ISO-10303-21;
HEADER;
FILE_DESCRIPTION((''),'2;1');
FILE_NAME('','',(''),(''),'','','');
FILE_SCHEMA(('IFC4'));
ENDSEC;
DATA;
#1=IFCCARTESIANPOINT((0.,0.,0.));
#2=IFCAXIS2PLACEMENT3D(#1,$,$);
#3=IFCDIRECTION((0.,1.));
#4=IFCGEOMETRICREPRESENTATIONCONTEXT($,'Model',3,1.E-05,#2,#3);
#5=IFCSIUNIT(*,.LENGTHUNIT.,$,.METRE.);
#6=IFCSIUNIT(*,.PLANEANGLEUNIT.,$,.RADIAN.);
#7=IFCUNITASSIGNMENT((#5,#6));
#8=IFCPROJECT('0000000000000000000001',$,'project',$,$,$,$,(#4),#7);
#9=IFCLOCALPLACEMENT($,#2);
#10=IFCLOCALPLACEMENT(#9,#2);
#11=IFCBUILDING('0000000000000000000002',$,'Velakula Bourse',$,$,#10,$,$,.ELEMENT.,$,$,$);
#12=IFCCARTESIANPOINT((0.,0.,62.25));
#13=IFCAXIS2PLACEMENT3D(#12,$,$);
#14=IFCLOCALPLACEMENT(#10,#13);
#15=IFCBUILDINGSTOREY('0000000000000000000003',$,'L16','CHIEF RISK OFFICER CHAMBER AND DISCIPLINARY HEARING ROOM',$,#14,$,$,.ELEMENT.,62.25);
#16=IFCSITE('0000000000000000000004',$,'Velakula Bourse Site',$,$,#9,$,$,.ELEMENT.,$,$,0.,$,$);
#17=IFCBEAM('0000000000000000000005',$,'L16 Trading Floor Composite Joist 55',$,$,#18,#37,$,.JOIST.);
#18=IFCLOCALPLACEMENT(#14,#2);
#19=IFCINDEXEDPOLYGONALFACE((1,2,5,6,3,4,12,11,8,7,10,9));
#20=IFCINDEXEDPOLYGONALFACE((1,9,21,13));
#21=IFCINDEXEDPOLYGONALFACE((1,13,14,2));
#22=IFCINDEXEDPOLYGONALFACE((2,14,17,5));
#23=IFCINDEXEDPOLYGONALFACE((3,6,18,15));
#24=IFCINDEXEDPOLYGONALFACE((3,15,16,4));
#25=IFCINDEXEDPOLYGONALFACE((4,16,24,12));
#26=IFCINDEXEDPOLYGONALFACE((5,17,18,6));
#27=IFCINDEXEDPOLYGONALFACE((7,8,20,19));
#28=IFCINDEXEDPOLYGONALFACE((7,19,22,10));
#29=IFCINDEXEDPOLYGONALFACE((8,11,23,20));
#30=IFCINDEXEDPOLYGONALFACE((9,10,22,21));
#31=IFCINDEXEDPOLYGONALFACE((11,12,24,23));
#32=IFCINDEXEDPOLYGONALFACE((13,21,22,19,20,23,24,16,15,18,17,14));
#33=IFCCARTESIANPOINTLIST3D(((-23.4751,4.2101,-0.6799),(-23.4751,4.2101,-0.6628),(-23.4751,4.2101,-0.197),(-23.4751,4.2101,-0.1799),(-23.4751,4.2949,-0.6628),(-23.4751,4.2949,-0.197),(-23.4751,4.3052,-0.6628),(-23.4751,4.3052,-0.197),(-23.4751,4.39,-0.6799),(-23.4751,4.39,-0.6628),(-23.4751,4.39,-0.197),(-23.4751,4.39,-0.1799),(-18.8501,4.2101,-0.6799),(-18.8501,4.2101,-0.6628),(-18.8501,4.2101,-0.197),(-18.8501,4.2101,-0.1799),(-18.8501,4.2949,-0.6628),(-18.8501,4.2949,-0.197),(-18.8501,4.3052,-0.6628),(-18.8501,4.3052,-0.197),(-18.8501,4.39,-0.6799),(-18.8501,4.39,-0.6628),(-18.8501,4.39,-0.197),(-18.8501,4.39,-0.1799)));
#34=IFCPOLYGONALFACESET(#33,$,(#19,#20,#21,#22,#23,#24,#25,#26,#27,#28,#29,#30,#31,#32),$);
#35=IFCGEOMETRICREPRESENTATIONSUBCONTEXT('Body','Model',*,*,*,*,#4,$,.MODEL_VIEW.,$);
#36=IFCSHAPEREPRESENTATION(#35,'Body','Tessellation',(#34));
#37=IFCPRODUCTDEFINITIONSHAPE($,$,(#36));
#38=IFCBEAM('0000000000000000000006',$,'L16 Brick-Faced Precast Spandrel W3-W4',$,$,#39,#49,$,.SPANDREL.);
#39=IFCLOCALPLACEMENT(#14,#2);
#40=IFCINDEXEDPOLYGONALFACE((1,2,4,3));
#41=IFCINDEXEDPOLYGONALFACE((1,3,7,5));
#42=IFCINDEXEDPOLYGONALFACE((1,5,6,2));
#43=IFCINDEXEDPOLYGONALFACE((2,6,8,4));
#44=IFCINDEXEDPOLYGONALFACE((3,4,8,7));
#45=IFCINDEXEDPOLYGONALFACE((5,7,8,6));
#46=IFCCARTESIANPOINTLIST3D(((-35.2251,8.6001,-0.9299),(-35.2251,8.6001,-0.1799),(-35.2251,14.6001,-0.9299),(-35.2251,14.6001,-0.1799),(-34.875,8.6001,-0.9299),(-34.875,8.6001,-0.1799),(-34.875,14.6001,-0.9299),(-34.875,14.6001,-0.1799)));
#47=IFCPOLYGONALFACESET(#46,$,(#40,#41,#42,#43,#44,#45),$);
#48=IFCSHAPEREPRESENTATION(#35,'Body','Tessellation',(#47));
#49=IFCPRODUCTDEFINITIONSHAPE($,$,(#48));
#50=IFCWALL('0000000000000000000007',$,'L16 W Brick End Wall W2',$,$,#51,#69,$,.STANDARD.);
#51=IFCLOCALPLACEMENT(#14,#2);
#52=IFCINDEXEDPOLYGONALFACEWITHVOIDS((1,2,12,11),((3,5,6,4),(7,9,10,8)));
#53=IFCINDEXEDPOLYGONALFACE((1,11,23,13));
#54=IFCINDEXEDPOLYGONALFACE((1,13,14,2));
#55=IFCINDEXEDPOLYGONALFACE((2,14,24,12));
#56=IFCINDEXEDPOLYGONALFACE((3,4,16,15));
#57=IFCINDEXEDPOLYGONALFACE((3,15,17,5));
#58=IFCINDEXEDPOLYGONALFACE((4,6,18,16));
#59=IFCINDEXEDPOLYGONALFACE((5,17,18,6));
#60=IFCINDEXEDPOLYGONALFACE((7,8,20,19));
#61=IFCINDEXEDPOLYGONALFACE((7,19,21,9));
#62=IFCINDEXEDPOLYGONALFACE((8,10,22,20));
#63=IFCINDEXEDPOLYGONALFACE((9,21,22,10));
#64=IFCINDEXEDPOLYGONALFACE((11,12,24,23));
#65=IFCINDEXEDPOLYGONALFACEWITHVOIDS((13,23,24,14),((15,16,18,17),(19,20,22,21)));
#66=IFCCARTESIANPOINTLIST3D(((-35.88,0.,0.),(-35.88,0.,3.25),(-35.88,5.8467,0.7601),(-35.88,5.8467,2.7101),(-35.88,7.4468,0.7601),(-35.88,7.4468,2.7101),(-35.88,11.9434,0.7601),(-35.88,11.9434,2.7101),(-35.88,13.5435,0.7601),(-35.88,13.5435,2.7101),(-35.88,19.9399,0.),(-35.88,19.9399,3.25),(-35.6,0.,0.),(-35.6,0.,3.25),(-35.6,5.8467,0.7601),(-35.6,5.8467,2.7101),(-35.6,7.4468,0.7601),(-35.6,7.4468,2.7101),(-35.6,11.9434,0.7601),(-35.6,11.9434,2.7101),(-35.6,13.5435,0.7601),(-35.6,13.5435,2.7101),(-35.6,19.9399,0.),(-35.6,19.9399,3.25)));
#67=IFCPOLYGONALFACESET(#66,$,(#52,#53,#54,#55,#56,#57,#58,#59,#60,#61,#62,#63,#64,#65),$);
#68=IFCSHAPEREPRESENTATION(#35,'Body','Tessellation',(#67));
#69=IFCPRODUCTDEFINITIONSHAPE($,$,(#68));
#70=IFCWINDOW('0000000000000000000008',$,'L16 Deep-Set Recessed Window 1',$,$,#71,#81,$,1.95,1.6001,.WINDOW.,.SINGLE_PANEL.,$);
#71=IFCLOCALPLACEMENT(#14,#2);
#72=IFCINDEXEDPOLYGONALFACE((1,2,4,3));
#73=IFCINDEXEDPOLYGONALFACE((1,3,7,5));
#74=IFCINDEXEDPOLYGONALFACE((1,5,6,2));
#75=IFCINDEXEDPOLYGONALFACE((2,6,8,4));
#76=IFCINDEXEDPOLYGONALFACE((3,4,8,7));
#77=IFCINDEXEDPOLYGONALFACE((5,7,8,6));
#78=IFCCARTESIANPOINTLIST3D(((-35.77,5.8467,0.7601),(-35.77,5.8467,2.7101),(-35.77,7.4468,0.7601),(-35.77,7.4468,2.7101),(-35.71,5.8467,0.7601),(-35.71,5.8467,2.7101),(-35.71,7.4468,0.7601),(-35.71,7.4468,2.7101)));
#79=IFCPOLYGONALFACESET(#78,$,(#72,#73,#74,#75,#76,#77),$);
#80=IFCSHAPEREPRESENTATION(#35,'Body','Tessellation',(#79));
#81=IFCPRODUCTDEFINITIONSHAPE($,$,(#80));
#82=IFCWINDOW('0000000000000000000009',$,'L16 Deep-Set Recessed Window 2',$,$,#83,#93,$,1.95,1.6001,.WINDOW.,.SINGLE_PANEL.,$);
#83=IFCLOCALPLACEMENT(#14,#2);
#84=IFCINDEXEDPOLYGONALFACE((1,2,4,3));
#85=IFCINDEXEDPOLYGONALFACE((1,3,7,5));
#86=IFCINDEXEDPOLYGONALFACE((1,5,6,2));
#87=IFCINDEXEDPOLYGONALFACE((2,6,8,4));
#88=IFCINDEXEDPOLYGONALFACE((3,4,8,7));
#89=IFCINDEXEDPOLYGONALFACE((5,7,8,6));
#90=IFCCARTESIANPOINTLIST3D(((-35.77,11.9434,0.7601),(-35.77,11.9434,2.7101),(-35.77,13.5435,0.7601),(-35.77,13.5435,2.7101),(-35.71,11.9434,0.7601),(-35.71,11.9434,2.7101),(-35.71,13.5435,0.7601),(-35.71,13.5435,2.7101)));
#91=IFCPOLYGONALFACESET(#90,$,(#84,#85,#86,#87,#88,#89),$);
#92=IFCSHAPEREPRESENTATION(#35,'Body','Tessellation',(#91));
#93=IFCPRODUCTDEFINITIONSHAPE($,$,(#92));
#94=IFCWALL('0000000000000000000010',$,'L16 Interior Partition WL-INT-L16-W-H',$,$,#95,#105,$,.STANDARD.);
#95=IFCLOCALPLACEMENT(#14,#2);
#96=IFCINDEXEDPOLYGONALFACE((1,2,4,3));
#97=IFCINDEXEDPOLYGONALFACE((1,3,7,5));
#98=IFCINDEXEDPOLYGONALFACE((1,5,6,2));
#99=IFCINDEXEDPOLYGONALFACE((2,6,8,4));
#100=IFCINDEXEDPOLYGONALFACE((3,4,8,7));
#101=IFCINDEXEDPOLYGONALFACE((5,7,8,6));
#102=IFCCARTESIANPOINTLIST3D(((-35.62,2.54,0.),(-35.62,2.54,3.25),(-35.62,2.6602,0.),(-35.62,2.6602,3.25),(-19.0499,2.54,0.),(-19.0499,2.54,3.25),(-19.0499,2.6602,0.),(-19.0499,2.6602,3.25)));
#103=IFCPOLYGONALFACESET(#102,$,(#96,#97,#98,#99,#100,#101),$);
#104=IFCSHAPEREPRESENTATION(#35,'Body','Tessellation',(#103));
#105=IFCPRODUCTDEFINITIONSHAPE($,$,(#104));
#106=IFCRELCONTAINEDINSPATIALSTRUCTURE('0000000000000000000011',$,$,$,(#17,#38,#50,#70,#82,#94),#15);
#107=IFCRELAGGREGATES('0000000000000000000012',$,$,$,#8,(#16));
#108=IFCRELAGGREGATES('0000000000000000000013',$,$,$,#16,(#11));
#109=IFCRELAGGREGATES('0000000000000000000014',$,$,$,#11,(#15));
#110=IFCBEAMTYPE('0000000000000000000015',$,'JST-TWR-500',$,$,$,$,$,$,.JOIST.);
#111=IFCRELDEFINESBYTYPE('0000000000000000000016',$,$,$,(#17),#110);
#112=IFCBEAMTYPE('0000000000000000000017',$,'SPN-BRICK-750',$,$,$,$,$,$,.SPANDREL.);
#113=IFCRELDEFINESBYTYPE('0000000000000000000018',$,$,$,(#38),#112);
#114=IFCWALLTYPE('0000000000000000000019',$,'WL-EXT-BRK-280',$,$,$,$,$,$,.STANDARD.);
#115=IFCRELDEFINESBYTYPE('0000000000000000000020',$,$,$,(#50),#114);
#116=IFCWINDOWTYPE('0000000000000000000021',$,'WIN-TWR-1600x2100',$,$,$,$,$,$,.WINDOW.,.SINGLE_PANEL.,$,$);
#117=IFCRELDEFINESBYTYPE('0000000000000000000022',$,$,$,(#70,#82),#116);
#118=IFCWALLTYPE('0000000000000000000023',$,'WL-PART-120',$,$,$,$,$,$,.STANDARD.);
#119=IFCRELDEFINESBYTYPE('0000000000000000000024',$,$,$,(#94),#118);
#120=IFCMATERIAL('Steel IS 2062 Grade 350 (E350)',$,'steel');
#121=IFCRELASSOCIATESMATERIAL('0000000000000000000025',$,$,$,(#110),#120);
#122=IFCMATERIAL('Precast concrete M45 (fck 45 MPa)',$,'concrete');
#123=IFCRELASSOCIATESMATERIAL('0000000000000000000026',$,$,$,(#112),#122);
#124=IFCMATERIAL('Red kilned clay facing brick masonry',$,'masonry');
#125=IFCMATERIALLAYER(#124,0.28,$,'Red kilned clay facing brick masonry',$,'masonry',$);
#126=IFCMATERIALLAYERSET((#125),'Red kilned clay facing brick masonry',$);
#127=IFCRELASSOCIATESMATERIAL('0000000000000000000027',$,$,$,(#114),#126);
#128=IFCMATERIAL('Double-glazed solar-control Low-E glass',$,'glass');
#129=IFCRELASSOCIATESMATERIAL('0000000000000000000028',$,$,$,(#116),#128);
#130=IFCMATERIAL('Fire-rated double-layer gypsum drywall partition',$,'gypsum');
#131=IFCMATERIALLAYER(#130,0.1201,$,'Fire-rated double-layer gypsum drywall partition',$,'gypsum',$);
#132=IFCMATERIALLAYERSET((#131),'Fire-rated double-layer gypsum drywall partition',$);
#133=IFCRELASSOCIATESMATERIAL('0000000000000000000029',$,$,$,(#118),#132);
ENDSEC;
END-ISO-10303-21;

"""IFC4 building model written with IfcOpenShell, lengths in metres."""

from ifc_helpers import new_model, si_unit, direction, frame, frame_2d, origin, origin_2d, place, context, subcontext, project, spatial, rectangle, i_section, extrude, material, layer, layer_set, material_profile, profile_set, type_object, element, fill, save


model = new_model("IFC4")

# Units and contexts
model_context = context("Model", 3, precision=1e-05, world=origin(), true_north=direction((0.0, 1.0)))
body_context = subcontext(model_context, "Body", "Model", "MODEL_VIEW")
ifc_project = project(units=[si_unit("LENGTHUNIT", "METRE"), si_unit("PLANEANGLEUNIT", "RADIAN")], contexts=[model_context])

# Site, building, storey
site_placement = place(None, origin())
site = spatial("IfcSite", under=ifc_project, at=site_placement, Name="Velakula Bourse Site", CompositionType="ELEMENT", RefElevation=0.0)
building_placement = place(site_placement, origin())
building = spatial("IfcBuilding", under=site, at=building_placement, Name="Velakula Bourse", CompositionType="ELEMENT")
storey_placement = place(building_placement, frame((0.0, 0.0, 62.25)))
storey = spatial("IfcBuildingStorey", under=building, at=storey_placement, Name="L16", Description="CHIEF RISK OFFICER CHAMBER AND DISCIPLINARY HEARING ROOM", CompositionType="ELEMENT", Elevation=62.25)

# Beams
ifc_material_1 = material(Name="Steel IS 2062 Grade 350 (E350)", Category="steel")
ifc_material_profile_1 = material_profile(ifc_material_1, i_section(OverallWidth=0.1799, OverallDepth=0.5, WebThickness=0.0103, FlangeThickness=0.0171, at=origin_2d()), Name="Steel IS 2062 Grade 350 (E350)")
ifc_profile_set_1 = profile_set([ifc_material_profile_1], Name="Steel IS 2062 Grade 350 (E350)")
beam_type_1 = type_object("IfcBeamType", Name="JST-TWR-500", PredefinedType="JOIST", material=ifc_profile_set_1)
beam_1_placement = place(storey_placement, frame((-23.4751, 4.3, -0.4299), z_axis=(1.0, 0.0, 0.0), x_axis=(0.0, 1.0, 0.0)))
element("IfcBeam", 1, at=beam_1_placement, inside=storey, type_object=beam_type_1, Name="L16 Trading Floor Composite Joist 55", PredefinedType="JOIST", context=body_context, shape_type="SweptSolid", body=[
    extrude(i_section(OverallWidth=0.1799, OverallDepth=0.5, WebThickness=0.0103, FlangeThickness=0.0171, at=origin_2d()), origin(), (0.0, 0.0, 1.0), 4.625),
])
ifc_material_2 = material(Name="Precast concrete M45 (fck 45 MPa)", Category="concrete")
ifc_material_profile_2 = material_profile(ifc_material_2, rectangle(XDim=0.3501, YDim=0.75, at=origin_2d()), Name="Precast concrete M45 (fck 45 MPa)")
ifc_profile_set_2 = profile_set([ifc_material_profile_2], Name="Precast concrete M45 (fck 45 MPa)")
beam_type_2 = type_object("IfcBeamType", Name="SPN-BRICK-750", PredefinedType="SPANDREL", material=ifc_profile_set_2)
beam_2_placement = place(storey_placement, frame((-35.05, 8.6001, -0.5549), z_axis=(0.0, 1.0, 0.0), x_axis=(-1.0, 0.0, 0.0)))
element("IfcBeam", 2, at=beam_2_placement, inside=storey, type_object=beam_type_2, Name="L16 Brick-Faced Precast Spandrel W3-W4", PredefinedType="SPANDREL", context=body_context, shape_type="SweptSolid", body=[
    extrude(rectangle(XDim=0.3501, YDim=0.75, at=origin_2d()), origin(), (0.0, 0.0, 1.0), 6.0),
])

# Wall, openings, windows
ifc_material_3 = material(Name="Red kilned clay facing brick masonry", Category="masonry")
ifc_layer_1 = layer(ifc_material_3, 0.28, Name="Red kilned clay facing brick masonry", Category="masonry")
ifc_layer_set_1 = layer_set([ifc_layer_1], Name="Red kilned clay facing brick masonry")
wall_type_1 = type_object("IfcWallType", Name="WL-EXT-BRK-280", PredefinedType="STANDARD", material=ifc_layer_set_1)
wall_1_placement = place(storey_placement, frame((-35.74, 0.0, 0.0), z_axis=(0.0, 0.0, 1.0), x_axis=(0.0, 1.0, 0.0)))
wall_1 = element("IfcWall", 3, at=wall_1_placement, inside=storey, type_object=wall_type_1, Name="L16 W Brick End Wall W2", PredefinedType="STANDARD", context=body_context, shape_type="SweptSolid", body=[
    extrude(rectangle(XDim=19.9399, YDim=0.28, at=frame_2d((9.97, 0.0))), origin(), (0.0, 0.0, 1.0), 3.25),
])
opening_1_placement = place(wall_1_placement, frame((5.8467, 0.0, 0.76)))
opening_1 = element("IfcOpeningElement", 4, at=opening_1_placement, cuts=wall_1, PredefinedType="OPENING", context=body_context, shape_type="SweptSolid", body=[
    extrude(rectangle(XDim=1.6001, YDim=1.95, at=frame_2d((0.8, 0.9751))), frame((0.0, 0.1499, 0.0), z_axis=(0.0, -1.0, 0.0), x_axis=(1.0, 0.0, 0.0)), (0.0, 0.0, 1.0), 0.3),
])
opening_2_placement = place(wall_1_placement, frame((11.9434, 0.0, 0.76)))
opening_2 = element("IfcOpeningElement", 5, at=opening_2_placement, cuts=wall_1, PredefinedType="OPENING", context=body_context, shape_type="SweptSolid", body=[
    extrude(rectangle(XDim=1.6001, YDim=1.95, at=frame_2d((0.8, 0.9751))), frame((0.0, 0.1499, 0.0), z_axis=(0.0, -1.0, 0.0), x_axis=(1.0, 0.0, 0.0)), (0.0, 0.0, 1.0), 0.3),
])
ifc_material_4 = material(Name="Double-glazed solar-control Low-E glass", Category="glass")
window_type = type_object("IfcWindowType", Name="WIN-TWR-1600x2100", PartitioningType="SINGLE_PANEL", PredefinedType="WINDOW", material=ifc_material_4)
window_1_placement = place(opening_1_placement, origin())
window_1 = element("IfcWindow", 6, at=window_1_placement, inside=storey, type_object=window_type, Name="L16 Deep-Set Recessed Window 1", OverallHeight=1.95, OverallWidth=1.6001, PartitioningType="SINGLE_PANEL", PredefinedType="WINDOW", context=body_context, shape_type="SweptSolid", body=[
    extrude(rectangle(XDim=1.6001, YDim=1.95, at=frame_2d((0.8, 0.9751))), frame((0.0, 0.03, 0.0), z_axis=(0.0, -1.0, 0.0), x_axis=(1.0, 0.0, 0.0)), (0.0, 0.0, 1.0), 0.0601),
])
fill(opening_1, window_1)
window_2_placement = place(opening_2_placement, origin())
window_2 = element("IfcWindow", 7, at=window_2_placement, inside=storey, type_object=window_type, Name="L16 Deep-Set Recessed Window 2", OverallHeight=1.95, OverallWidth=1.6001, PartitioningType="SINGLE_PANEL", PredefinedType="WINDOW", context=body_context, shape_type="SweptSolid", body=[
    extrude(rectangle(XDim=1.6001, YDim=1.95, at=frame_2d((0.8, 0.9751))), frame((0.0, 0.03, 0.0), z_axis=(0.0, -1.0, 0.0), x_axis=(1.0, 0.0, 0.0)), (0.0, 0.0, 1.0), 0.0601),
])
fill(opening_2, window_2)

# Wall
ifc_material_5 = material(Name="Fire-rated double-layer gypsum drywall partition", Category="gypsum")
ifc_layer_2 = layer(ifc_material_5, 0.1201, Name="Fire-rated double-layer gypsum drywall partition", Category="gypsum")
ifc_layer_set_2 = layer_set([ifc_layer_2], Name="Fire-rated double-layer gypsum drywall partition")
wall_type_2 = type_object("IfcWallType", Name="WL-PART-120", PredefinedType="STANDARD", material=ifc_layer_set_2)
wall_2_placement = place(storey_placement, frame((-35.6201, 2.6001, 0.0), z_axis=(0.0, 0.0, 1.0), x_axis=(1.0, 0.0, 0.0)))
element("IfcWall", 8, at=wall_2_placement, inside=storey, type_object=wall_type_2, Name="L16 Interior Partition WL-INT-L16-W-H", PredefinedType="STANDARD", context=body_context, shape_type="SweptSolid", body=[
    extrude(rectangle(XDim=16.5701, YDim=0.1201, at=frame_2d((8.2852, 0.0))), origin(), (0.0, 0.0, 1.0), 3.25),
])

save(model, "model.ifc")
